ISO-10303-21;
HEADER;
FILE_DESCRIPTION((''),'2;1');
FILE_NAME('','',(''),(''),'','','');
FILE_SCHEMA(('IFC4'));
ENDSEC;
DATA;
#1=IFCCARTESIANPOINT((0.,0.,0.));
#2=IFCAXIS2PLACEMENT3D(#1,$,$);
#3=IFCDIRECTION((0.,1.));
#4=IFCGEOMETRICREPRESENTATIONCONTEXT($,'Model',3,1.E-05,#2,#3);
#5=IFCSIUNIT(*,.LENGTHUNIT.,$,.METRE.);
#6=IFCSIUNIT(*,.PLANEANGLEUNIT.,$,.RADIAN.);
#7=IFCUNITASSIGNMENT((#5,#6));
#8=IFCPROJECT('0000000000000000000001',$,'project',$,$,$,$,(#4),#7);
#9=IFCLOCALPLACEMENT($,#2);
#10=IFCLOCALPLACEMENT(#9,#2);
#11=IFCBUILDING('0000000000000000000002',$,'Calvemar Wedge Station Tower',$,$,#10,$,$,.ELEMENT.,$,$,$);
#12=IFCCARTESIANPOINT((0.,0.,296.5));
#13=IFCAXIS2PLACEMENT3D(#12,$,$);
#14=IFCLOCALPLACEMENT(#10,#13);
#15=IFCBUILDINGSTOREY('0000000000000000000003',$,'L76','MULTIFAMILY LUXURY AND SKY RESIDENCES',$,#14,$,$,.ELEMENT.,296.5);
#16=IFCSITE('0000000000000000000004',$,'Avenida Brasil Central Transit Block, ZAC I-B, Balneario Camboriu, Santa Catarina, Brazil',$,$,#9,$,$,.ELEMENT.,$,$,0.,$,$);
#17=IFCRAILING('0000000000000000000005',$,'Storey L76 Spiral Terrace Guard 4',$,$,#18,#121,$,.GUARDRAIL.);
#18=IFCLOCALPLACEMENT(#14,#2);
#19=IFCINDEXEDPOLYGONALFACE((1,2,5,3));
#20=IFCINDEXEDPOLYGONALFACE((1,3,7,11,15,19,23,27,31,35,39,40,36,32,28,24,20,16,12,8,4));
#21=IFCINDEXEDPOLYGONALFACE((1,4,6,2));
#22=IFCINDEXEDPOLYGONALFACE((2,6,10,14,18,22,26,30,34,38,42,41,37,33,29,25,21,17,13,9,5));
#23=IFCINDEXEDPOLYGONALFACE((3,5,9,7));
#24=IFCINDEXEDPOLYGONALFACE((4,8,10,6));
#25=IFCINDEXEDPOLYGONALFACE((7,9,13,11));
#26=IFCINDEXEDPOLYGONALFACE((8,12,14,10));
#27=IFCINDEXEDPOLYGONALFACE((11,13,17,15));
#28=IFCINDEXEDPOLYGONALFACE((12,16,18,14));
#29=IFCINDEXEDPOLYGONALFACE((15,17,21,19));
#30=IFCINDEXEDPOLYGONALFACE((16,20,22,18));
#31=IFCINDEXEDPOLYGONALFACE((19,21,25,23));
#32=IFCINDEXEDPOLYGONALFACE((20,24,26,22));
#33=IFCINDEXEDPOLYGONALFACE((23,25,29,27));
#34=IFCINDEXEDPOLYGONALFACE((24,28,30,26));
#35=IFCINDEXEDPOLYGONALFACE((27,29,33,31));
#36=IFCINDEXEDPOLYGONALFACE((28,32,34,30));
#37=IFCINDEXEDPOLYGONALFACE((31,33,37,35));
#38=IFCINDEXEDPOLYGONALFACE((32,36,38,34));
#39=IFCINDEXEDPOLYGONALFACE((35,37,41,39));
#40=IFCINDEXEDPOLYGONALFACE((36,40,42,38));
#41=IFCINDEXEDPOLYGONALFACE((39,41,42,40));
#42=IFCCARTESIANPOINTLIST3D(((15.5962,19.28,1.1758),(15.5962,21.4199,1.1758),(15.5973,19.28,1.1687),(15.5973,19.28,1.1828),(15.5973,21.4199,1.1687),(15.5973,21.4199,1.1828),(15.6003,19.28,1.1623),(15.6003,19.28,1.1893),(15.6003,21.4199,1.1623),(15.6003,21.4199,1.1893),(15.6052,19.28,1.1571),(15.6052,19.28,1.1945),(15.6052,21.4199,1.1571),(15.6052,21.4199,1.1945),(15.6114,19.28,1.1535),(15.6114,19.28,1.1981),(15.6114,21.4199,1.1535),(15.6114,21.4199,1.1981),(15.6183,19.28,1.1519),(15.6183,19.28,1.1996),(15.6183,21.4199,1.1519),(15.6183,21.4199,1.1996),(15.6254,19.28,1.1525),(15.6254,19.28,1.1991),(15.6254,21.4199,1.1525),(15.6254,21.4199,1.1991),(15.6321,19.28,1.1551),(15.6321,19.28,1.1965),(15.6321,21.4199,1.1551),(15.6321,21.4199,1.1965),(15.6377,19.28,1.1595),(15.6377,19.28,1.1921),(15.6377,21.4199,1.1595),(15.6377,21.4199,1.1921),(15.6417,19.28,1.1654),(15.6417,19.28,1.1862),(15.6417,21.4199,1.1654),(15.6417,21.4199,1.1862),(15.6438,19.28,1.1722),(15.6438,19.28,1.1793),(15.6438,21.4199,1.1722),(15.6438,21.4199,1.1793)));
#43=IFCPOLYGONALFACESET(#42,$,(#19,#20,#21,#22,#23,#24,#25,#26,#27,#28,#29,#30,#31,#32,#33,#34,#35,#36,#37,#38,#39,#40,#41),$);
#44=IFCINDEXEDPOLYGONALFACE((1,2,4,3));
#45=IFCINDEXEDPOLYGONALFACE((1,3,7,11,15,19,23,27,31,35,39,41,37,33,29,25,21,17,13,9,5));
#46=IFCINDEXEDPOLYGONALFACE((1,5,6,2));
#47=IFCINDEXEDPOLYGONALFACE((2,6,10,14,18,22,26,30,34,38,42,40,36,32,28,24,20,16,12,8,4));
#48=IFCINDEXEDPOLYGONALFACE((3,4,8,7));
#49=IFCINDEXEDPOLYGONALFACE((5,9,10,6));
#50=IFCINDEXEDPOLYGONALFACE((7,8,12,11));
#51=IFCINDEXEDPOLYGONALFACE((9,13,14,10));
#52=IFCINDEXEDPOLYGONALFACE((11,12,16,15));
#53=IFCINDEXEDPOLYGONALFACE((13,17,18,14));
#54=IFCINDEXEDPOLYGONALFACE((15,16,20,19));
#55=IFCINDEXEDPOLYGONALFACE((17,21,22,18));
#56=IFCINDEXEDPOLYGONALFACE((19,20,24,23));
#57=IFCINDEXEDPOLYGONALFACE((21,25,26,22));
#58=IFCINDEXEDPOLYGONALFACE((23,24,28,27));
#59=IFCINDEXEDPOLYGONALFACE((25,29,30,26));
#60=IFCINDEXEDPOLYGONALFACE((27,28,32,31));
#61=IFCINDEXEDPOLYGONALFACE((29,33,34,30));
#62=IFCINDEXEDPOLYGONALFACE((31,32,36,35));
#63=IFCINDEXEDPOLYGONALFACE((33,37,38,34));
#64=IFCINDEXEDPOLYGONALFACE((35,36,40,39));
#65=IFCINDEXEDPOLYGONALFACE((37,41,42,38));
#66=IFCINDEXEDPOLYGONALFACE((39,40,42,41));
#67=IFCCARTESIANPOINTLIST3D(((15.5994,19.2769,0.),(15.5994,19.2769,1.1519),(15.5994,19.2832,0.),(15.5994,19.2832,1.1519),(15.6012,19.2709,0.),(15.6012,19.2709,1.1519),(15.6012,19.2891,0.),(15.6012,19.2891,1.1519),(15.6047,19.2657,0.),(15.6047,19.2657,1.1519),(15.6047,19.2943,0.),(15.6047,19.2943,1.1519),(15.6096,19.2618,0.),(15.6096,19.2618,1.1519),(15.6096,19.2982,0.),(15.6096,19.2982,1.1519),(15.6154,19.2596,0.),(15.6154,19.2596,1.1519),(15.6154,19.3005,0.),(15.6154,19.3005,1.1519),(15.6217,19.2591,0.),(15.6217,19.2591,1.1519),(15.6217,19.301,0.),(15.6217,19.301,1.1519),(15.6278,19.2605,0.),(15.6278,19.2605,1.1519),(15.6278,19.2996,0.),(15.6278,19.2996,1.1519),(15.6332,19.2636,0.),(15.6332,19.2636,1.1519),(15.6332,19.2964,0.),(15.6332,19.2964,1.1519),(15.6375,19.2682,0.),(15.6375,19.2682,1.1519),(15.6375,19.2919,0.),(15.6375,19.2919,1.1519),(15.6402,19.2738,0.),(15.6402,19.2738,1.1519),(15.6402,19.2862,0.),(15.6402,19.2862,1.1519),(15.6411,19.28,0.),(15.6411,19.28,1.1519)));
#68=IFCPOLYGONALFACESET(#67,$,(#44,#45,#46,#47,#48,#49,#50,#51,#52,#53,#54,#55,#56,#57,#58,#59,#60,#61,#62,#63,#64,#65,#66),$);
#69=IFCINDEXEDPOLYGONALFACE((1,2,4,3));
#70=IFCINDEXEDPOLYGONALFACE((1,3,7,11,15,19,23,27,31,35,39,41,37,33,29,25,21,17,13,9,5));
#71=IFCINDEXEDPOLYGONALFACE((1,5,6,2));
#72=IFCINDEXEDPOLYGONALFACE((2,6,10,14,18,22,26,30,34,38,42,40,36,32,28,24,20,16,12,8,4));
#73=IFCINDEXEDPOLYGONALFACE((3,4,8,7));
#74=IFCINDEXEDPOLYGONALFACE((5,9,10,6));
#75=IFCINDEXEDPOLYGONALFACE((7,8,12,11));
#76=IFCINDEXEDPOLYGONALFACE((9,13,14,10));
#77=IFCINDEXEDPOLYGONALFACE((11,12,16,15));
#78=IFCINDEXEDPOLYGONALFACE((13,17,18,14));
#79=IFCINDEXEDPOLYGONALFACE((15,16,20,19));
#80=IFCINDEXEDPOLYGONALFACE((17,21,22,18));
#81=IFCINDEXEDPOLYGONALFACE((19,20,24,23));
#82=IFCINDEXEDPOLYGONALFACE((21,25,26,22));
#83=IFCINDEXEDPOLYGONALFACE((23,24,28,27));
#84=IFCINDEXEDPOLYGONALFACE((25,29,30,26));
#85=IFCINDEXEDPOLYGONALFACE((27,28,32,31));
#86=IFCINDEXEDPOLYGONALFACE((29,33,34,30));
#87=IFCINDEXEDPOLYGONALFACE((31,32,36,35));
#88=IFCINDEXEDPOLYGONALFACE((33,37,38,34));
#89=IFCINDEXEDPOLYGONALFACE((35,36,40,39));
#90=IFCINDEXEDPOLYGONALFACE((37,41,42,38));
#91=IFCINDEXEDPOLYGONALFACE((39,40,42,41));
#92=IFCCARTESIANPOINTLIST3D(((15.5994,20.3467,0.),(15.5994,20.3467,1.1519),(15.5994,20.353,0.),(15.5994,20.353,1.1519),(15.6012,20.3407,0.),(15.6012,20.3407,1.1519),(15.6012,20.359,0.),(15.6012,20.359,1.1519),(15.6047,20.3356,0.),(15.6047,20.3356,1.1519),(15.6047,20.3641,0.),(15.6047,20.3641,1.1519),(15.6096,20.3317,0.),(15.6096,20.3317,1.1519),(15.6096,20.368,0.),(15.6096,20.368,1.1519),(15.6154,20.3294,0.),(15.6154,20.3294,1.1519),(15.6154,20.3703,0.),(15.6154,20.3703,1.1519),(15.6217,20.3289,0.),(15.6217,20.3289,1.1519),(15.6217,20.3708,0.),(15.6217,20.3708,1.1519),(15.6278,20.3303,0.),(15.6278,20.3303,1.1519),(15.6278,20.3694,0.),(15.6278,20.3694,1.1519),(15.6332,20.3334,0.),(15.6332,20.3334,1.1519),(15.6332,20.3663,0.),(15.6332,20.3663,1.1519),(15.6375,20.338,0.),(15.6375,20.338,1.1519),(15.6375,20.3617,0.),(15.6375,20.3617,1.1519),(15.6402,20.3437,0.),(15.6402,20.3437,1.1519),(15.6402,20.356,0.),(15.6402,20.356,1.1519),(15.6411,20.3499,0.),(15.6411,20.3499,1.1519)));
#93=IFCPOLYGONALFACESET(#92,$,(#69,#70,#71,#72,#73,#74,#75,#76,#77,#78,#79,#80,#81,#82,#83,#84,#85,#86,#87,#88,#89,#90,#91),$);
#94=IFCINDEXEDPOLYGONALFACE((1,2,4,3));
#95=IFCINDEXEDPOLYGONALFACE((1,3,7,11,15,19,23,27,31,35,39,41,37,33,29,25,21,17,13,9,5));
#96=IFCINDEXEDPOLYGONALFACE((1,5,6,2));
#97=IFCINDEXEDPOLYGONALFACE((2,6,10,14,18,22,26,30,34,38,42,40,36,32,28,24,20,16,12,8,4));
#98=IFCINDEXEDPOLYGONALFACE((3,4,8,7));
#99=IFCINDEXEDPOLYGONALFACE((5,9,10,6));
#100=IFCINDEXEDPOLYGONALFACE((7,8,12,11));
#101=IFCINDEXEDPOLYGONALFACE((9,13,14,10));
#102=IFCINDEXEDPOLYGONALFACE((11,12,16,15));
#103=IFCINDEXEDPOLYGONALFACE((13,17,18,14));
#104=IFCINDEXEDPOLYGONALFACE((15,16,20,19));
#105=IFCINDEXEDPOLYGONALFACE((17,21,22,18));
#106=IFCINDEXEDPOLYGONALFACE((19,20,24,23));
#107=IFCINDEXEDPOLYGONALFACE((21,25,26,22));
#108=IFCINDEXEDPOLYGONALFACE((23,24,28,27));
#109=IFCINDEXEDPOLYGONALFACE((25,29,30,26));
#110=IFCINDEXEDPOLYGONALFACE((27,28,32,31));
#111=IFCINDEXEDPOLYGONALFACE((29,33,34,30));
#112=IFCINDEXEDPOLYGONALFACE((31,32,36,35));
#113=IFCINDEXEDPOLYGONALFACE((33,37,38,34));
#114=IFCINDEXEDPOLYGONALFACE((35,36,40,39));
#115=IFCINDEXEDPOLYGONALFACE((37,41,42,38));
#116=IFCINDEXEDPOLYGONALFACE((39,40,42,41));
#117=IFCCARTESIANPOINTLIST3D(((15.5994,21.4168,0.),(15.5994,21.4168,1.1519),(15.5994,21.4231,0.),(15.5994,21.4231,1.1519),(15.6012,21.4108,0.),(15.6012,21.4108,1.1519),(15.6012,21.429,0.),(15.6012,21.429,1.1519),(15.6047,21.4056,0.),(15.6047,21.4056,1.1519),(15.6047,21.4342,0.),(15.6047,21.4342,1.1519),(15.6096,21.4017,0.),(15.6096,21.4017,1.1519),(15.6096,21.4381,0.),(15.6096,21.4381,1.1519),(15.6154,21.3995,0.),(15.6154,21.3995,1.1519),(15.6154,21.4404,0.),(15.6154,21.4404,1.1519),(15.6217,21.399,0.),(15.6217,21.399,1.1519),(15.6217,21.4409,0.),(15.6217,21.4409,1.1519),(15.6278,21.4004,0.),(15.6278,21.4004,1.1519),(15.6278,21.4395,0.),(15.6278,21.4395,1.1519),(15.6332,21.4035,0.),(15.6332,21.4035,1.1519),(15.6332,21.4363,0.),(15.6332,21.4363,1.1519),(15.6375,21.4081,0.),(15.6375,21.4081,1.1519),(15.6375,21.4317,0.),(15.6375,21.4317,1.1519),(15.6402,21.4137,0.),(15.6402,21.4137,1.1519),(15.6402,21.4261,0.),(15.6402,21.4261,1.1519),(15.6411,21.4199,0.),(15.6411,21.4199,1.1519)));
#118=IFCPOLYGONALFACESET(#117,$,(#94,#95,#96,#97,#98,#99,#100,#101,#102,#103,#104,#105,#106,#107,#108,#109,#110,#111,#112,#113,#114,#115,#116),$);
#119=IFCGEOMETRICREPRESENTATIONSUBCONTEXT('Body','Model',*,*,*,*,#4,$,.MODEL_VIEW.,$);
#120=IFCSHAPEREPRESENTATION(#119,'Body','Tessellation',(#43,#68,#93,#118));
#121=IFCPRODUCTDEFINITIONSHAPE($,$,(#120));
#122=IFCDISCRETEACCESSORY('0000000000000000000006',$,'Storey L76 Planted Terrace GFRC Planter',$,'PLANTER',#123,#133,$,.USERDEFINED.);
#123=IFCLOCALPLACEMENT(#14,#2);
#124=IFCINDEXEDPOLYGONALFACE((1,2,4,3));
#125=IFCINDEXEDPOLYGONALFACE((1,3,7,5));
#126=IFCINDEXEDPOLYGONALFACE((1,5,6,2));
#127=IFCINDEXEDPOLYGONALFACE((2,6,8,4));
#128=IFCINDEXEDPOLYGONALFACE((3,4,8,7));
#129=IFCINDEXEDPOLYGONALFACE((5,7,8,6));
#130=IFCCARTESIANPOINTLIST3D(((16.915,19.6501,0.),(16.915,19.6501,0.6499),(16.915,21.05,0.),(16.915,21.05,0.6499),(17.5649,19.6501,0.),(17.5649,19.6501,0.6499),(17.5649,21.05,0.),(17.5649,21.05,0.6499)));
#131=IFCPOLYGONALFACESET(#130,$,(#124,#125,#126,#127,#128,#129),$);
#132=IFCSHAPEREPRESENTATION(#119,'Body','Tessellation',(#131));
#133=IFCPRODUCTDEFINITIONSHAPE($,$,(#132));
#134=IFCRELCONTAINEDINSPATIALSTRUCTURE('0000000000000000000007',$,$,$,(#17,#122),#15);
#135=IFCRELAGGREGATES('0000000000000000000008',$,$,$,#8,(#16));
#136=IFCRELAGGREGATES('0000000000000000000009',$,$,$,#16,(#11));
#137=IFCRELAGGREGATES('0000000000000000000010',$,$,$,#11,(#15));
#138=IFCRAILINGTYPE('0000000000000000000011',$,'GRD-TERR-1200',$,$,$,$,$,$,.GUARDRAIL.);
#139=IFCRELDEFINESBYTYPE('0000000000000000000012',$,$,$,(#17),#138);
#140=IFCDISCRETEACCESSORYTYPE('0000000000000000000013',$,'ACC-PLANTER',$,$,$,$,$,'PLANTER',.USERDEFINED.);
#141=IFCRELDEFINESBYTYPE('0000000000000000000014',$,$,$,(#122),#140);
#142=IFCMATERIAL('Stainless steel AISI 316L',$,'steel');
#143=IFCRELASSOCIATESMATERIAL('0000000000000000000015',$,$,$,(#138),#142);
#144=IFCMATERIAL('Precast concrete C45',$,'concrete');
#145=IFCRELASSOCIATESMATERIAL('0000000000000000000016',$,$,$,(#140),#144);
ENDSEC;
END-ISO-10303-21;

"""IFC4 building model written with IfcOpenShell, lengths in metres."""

from ifc_helpers import new_model, si_unit, direction, frame, origin, origin_2d, place, context, subcontext, project, spatial, rectangle, circle, extrude, source, transform, mapped, material, type_object, element, save


model = new_model("IFC4")

# Units and contexts
model_context = context("Model", 3, precision=1e-05, world=origin(), true_north=direction((0.0, 1.0)))
body_context = subcontext(model_context, "Body", "Model", "MODEL_VIEW")
ifc_project = project(units=[si_unit("LENGTHUNIT", "METRE"), si_unit("PLANEANGLEUNIT", "RADIAN")], contexts=[model_context])

# Site, building, storey
site_placement = place(None, origin())
site = spatial("IfcSite", under=ifc_project, at=site_placement, Name="Avenida Brasil Central Transit Block, ZAC I-B, Balneario Camboriu, Santa Catarina, Brazil", CompositionType="ELEMENT", RefElevation=0.0)
building_placement = place(site_placement, origin())
building = spatial("IfcBuilding", under=site, at=building_placement, Name="Calvemar Wedge Station Tower", CompositionType="ELEMENT")
storey_placement = place(building_placement, frame((0.0, 0.0, 296.5)))
storey = spatial("IfcBuildingStorey", under=building, at=storey_placement, Name="L76", Description="MULTIFAMILY LUXURY AND SKY RESIDENCES", CompositionType="ELEMENT", Elevation=296.5)

# Shared definitions
ifc_material_1 = material(Name="Precast concrete C45", Category="concrete")

# Railing
ifc_material_2 = material(Name="Stainless steel AISI 316L", Category="steel")
railing_type = type_object("IfcRailingType", Name="GRD-TERR-1200", PredefinedType="GUARDRAIL", material=ifc_material_2)
railing_placement = place(storey_placement, frame((15.6201, 19.28, 0.0)))
element("IfcRailing", 1, at=railing_placement, inside=storey, type_object=railing_type, Name="Storey L76 Spiral Terrace Guard 4", PredefinedType="GUARDRAIL", context=body_context, shape_type="SweptSolid", body=[
    extrude(circle(Radius=0.0239, at=origin_2d()), frame((0.0, 0.0, 1.1758), z_axis=(0.0, 1.0, 0.0), x_axis=(-1.0, 0.0, 0.0)), (0.0, 0.0, 1.0), 2.1399),
    extrude(circle(Radius=0.021, at=origin_2d()), origin(), (0.0, 0.0, 1.0), 1.1519),
    extrude(circle(Radius=0.021, at=origin_2d()), frame((0.0, 1.0698, 0.0)), (0.0, 0.0, 1.0), 1.1519),
    extrude(circle(Radius=0.021, at=origin_2d()), frame((0.0, 2.1399, 0.0)), (0.0, 0.0, 1.0), 1.1519),
])

# Discrete accessory
discrete_accessory_type = type_object("IfcDiscreteAccessoryType", Name="ACC-PLANTER", ElementType="PLANTER", PredefinedType="USERDEFINED", material=ifc_material_1)
shared_shape_1 = source(origin(), body_context, "Body", "SweptSolid", [
    extrude(rectangle(XDim=0.6499, YDim=1.3999, at=origin_2d()), origin(), (0.0, 0.0, 1.0), 0.6499),
])
discrete_accessory_placement = place(storey_placement, frame((17.24, 20.3501, 0.0), z_axis=(0.0, 0.0, 1.0), x_axis=(1.0, 0.0, 0.0)))
element("IfcDiscreteAccessory", 2, at=discrete_accessory_placement, inside=storey, type_object=discrete_accessory_type, Name="Storey L76 Planted Terrace GFRC Planter", ObjectType="PLANTER", PredefinedType="USERDEFINED", context=body_context, shape_type="MappedRepresentation", body=[
    mapped(shared_shape_1, transform((0.0, 0.0, 0.0), scale=1.0)),
])

save(model, "model.ifc")
